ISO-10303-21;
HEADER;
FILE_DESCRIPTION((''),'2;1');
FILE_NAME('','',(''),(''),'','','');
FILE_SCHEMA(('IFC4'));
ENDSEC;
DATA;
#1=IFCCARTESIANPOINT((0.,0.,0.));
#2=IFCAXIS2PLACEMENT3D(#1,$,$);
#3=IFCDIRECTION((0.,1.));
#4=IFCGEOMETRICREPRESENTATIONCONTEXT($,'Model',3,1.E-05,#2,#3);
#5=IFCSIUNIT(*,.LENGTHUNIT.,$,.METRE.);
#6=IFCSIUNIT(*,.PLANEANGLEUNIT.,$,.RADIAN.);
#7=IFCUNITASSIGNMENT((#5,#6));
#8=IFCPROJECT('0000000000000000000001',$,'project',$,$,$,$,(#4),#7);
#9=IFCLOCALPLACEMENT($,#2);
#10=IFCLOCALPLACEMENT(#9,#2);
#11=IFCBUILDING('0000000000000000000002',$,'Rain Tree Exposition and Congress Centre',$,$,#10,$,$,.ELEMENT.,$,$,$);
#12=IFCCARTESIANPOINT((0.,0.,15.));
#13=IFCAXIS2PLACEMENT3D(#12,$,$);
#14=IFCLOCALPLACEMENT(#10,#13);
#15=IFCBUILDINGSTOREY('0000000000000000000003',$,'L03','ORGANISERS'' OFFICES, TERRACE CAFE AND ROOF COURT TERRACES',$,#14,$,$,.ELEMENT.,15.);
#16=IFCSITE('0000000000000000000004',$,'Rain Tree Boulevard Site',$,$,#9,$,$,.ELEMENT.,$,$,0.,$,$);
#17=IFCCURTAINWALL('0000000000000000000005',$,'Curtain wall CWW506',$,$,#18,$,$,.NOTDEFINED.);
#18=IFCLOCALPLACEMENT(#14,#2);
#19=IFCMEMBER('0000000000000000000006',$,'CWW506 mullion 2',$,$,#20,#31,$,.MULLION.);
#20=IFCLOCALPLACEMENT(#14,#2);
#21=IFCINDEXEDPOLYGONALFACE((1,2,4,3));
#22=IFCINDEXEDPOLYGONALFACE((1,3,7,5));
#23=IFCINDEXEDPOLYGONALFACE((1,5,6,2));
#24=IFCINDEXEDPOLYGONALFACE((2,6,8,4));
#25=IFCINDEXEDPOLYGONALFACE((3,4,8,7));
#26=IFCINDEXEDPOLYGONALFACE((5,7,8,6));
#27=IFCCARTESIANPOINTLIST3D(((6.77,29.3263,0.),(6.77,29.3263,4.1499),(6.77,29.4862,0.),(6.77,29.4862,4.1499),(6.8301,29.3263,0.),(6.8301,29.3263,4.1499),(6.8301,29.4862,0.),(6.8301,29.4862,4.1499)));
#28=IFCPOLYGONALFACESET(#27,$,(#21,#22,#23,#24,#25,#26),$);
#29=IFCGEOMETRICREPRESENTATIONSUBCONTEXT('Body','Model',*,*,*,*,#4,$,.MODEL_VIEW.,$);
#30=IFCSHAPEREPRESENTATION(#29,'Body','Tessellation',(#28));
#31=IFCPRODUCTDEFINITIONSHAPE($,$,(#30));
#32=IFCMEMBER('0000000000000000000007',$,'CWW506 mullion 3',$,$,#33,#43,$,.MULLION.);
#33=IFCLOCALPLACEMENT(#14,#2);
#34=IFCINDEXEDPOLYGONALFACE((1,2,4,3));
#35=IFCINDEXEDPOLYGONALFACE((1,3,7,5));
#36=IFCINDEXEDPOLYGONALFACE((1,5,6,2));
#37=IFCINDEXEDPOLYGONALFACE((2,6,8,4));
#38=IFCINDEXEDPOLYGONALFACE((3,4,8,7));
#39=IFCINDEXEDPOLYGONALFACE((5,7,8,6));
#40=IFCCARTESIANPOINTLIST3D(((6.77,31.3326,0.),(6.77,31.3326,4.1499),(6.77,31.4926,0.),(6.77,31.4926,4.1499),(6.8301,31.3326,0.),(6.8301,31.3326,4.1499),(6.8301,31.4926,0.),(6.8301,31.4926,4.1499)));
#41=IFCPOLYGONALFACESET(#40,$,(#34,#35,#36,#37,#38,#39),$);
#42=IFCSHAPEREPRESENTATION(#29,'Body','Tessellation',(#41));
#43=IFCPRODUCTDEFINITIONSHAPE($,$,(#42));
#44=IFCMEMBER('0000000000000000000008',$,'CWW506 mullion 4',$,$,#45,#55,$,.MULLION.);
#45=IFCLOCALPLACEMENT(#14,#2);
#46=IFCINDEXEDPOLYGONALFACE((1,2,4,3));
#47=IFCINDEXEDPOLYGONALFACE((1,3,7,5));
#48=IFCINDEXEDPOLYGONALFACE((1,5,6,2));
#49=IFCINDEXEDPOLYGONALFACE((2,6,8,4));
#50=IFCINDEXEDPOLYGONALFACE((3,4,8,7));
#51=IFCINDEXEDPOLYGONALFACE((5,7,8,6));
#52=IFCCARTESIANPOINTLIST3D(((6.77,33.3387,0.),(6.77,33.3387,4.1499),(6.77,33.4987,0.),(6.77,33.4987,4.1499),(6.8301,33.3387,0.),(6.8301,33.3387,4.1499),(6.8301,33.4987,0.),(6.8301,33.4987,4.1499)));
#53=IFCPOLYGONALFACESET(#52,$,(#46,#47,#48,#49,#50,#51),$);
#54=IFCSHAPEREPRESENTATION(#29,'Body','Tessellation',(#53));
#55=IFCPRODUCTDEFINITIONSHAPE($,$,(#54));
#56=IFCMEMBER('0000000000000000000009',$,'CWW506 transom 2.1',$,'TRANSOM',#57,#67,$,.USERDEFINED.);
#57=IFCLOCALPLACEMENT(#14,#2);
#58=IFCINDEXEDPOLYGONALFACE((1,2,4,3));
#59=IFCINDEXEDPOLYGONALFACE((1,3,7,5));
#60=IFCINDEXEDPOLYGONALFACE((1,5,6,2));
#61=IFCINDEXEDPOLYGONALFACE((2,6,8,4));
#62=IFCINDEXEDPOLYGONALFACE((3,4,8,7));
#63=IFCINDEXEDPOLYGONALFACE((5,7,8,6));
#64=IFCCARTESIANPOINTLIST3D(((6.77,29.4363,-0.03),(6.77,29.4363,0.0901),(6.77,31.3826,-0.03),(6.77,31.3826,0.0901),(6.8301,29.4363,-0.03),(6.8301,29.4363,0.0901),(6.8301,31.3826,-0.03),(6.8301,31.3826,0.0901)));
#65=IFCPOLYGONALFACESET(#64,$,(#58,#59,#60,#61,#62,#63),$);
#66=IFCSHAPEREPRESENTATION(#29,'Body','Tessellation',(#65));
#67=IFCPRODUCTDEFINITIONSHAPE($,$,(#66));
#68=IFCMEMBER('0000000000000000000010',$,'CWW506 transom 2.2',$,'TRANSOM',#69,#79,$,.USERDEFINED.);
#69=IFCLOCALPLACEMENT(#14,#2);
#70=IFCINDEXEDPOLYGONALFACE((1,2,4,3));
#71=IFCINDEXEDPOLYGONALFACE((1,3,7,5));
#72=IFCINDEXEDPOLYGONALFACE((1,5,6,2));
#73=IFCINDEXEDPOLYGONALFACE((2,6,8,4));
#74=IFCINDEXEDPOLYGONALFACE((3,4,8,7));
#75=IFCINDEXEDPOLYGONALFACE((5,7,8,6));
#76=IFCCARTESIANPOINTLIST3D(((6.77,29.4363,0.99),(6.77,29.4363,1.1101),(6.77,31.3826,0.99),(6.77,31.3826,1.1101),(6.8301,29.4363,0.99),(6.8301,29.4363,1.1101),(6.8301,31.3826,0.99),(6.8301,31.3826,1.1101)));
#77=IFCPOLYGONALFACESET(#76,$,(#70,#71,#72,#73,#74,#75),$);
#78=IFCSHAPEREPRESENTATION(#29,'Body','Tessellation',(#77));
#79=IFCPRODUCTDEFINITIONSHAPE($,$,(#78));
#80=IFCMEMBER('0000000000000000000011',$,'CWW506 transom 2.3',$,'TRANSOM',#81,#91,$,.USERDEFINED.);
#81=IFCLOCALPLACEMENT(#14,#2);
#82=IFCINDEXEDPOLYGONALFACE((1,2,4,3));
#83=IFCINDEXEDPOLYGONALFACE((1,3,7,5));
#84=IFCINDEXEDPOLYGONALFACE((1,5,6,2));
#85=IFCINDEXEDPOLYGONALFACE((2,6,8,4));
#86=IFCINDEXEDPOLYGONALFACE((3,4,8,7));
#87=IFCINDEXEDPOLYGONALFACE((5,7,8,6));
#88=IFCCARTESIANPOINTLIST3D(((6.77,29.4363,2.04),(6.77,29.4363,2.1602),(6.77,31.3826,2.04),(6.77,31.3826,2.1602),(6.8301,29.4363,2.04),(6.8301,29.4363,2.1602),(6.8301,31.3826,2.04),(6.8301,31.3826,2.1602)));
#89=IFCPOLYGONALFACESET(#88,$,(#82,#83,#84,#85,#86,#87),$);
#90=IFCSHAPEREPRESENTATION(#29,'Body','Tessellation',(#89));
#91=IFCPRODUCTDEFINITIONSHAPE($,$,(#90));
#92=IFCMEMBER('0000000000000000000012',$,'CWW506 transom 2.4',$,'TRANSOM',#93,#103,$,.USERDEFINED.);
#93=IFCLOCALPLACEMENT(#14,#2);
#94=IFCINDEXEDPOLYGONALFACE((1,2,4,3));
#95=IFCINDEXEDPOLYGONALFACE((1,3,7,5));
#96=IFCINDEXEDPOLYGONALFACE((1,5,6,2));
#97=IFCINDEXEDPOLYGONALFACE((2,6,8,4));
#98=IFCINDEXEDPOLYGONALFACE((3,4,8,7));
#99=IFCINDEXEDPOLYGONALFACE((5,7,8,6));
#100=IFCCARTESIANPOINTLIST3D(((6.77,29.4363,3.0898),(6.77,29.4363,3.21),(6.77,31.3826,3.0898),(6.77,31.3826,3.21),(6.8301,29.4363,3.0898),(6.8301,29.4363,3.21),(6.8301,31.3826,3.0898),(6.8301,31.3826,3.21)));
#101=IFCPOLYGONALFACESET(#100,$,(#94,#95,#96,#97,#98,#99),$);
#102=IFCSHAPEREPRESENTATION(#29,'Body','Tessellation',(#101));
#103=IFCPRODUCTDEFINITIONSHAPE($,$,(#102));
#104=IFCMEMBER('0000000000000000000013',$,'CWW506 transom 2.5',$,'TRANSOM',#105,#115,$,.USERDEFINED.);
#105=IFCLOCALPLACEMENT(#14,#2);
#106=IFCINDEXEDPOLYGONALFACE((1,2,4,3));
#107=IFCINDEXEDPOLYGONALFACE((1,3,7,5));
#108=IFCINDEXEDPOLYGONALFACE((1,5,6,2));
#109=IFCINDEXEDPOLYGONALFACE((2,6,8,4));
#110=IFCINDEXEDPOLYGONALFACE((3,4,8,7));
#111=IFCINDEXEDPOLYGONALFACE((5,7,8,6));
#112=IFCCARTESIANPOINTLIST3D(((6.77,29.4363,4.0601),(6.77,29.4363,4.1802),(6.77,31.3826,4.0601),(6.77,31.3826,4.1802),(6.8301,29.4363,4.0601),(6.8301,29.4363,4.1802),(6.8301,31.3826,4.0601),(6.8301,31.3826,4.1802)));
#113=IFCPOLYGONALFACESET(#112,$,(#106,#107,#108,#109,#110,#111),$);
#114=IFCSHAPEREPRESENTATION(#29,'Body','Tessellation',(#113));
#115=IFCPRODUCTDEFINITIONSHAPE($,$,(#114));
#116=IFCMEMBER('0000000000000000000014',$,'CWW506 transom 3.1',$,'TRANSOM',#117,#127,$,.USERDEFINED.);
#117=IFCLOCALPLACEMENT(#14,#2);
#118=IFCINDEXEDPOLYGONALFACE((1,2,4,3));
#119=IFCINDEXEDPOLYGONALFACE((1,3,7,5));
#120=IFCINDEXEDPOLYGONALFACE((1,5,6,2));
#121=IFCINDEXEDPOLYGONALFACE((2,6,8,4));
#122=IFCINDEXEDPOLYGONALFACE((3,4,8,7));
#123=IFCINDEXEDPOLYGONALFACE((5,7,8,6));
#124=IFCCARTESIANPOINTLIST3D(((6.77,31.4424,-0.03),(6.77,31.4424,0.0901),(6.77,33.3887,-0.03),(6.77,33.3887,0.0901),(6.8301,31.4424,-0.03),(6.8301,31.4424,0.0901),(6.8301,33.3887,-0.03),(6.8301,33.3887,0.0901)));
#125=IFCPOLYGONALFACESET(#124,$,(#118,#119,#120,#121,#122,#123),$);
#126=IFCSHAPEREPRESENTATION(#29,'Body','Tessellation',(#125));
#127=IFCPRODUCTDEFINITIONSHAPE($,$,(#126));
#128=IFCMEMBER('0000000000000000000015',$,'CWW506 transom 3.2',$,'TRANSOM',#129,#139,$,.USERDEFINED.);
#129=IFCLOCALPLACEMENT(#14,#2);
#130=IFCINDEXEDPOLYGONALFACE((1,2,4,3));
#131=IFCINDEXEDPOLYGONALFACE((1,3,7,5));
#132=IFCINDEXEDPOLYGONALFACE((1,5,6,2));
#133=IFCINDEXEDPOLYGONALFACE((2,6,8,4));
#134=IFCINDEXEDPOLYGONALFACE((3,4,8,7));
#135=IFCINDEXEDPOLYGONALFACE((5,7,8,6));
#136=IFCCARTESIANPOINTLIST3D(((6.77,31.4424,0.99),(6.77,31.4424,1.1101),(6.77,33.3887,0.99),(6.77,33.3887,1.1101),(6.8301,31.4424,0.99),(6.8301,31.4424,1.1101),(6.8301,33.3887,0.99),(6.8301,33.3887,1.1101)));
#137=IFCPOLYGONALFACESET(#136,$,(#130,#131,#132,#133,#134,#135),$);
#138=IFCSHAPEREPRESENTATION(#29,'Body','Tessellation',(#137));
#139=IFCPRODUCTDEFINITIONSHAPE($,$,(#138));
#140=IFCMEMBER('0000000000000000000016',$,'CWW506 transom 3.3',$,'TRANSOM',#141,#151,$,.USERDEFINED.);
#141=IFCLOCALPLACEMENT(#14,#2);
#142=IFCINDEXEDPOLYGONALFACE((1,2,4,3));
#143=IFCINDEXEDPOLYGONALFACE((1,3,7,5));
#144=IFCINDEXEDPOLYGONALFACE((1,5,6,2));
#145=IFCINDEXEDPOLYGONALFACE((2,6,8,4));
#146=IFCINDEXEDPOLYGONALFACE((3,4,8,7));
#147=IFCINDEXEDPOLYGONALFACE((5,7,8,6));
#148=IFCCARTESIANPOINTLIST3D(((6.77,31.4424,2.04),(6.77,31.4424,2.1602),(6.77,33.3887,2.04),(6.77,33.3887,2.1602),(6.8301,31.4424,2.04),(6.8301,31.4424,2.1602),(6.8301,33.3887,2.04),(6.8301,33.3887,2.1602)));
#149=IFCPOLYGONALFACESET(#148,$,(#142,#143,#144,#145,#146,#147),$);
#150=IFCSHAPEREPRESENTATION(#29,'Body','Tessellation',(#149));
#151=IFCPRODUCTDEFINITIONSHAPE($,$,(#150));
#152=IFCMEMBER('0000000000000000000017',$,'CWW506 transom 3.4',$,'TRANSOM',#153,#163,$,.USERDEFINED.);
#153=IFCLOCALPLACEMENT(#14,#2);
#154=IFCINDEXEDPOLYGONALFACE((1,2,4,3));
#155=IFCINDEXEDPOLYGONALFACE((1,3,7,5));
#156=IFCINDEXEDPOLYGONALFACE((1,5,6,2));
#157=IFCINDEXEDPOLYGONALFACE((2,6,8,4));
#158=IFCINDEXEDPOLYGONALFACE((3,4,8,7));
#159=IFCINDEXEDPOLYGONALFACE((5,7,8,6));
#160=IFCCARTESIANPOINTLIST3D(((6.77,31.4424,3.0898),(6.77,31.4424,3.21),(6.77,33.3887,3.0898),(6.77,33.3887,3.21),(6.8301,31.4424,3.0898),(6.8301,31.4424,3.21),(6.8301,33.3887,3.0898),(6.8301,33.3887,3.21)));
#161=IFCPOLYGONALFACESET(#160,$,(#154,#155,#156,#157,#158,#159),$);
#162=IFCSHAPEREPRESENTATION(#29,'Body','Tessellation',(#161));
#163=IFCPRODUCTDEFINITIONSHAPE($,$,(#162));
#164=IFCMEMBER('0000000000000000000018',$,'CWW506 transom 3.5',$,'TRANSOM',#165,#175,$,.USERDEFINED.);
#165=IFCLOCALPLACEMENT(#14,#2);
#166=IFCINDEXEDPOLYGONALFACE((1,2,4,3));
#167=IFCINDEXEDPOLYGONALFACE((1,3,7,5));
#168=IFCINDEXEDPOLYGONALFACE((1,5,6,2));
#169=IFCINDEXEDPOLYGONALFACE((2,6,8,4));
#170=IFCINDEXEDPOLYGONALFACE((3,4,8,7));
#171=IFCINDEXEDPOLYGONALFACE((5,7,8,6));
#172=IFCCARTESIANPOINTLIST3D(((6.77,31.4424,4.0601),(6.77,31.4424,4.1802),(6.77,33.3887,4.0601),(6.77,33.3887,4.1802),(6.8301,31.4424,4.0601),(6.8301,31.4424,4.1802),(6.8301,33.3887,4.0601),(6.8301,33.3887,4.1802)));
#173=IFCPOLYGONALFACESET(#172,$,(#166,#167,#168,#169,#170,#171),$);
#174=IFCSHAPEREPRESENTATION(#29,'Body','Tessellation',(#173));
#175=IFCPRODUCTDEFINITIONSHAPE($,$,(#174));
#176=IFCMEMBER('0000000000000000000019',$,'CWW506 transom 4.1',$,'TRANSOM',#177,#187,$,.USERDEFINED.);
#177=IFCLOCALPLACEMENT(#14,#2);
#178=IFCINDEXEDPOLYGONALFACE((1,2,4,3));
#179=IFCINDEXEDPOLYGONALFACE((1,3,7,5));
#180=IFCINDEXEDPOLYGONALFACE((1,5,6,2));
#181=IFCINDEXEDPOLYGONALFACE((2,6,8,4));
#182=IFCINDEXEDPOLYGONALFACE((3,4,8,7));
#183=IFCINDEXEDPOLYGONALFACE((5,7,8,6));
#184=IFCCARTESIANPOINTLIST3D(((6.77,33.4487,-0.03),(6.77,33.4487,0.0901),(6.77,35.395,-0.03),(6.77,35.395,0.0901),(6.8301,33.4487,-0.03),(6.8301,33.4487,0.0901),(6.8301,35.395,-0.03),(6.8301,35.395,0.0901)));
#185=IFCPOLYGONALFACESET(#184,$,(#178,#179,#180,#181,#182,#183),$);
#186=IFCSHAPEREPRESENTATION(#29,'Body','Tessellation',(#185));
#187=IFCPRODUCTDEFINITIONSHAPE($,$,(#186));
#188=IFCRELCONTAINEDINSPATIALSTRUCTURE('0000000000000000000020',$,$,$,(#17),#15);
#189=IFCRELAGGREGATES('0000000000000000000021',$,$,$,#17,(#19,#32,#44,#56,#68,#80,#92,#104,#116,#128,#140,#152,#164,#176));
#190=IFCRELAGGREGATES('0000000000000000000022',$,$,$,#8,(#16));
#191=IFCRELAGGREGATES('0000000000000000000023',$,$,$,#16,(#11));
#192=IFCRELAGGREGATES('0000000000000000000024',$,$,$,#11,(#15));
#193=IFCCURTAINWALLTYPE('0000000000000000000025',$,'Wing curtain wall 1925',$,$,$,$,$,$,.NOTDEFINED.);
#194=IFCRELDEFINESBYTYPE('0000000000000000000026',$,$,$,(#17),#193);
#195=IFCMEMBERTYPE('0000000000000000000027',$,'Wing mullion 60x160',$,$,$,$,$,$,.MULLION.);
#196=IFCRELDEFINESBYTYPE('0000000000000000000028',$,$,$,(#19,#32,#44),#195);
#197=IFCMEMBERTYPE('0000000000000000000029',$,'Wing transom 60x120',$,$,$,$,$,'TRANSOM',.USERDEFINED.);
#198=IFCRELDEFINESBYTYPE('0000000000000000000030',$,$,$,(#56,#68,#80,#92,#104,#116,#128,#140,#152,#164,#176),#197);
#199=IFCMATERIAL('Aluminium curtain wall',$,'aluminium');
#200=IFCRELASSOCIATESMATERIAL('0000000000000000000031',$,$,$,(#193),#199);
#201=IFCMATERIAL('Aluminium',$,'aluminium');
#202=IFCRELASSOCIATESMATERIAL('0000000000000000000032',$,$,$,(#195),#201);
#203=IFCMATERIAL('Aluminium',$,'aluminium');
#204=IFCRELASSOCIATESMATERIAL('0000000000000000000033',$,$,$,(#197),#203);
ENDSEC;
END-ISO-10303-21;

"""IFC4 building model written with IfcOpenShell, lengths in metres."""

from ifc_helpers import new_model, si_unit, direction, frame, origin, origin_2d, place, context, subcontext, project, spatial, rectangle, extrude, material, material_profile, profile_set, type_object, element, aggregate, save


model = new_model("IFC4")

# Units and contexts
model_context = context("Model", 3, precision=1e-05, world=origin(), true_north=direction((0.0, 1.0)))
body_context = subcontext(model_context, "Body", "Model", "MODEL_VIEW")
ifc_project = project(units=[si_unit("LENGTHUNIT", "METRE"), si_unit("PLANEANGLEUNIT", "RADIAN")], contexts=[model_context])

# Site, building, storey
site_placement = place(None, origin())
site = spatial("IfcSite", under=ifc_project, at=site_placement, Name="Rain Tree Boulevard Site", CompositionType="ELEMENT", RefElevation=0.0)
building_placement = place(site_placement, origin())
building = spatial("IfcBuilding", under=site, at=building_placement, Name="Rain Tree Exposition and Congress Centre", CompositionType="ELEMENT")
storey_placement = place(building_placement, frame((0.0, 0.0, 15.0)))
storey = spatial("IfcBuildingStorey", under=building, at=storey_placement, Name="L03", Description="ORGANISERS' OFFICES, TERRACE CAFE AND ROOF COURT TERRACES", CompositionType="ELEMENT", Elevation=15.0)

# Curtain wall, members
ifc_material_1 = material(Name="Aluminium curtain wall", Category="aluminium")
curtain_wall_type = type_object("IfcCurtainWallType", Name="Wing curtain wall 1925", PredefinedType="NOTDEFINED", material=ifc_material_1)
curtain_wall_placement = place(storey_placement, origin())
curtain_wall = element("IfcCurtainWall", 1, at=curtain_wall_placement, inside=storey, type_object=curtain_wall_type, Name="Curtain wall CWW506", PredefinedType="NOTDEFINED")
ifc_material_2 = material(Name="Aluminium", Category="aluminium")
ifc_material_profile_1 = material_profile(ifc_material_2, rectangle(XDim=0.0601, YDim=0.1599, at=origin_2d()), Name="Aluminium 60x160")
ifc_profile_set_1 = profile_set([ifc_material_profile_1], Name="Aluminium")
member_type_1 = type_object("IfcMemberType", Name="Wing mullion 60x160", PredefinedType="MULLION", material=ifc_profile_set_1)
member_1_placement = place(storey_placement, frame((6.8, 29.4062, 0.0), z_axis=(0.0, 0.0, 1.0), x_axis=(-1.0, 0.0, 0.0)))
member_1 = element("IfcMember", 2, at=member_1_placement, type_object=member_type_1, Name="CWW506 mullion 2", PredefinedType="MULLION", context=body_context, shape_type="SweptSolid", body=[
    extrude(rectangle(XDim=0.0601, YDim=0.1599, at=origin_2d()), origin(), (0.0, 0.0, 1.0), 4.1499),
])
member_2_placement = place(storey_placement, frame((6.8, 31.4126, 0.0), z_axis=(0.0, 0.0, 1.0), x_axis=(-1.0, 0.0, 0.0)))
member_2 = element("IfcMember", 3, at=member_2_placement, type_object=member_type_1, Name="CWW506 mullion 3", PredefinedType="MULLION", context=body_context, shape_type="SweptSolid", body=[
    extrude(rectangle(XDim=0.0601, YDim=0.1599, at=origin_2d()), origin(), (0.0, 0.0, 1.0), 4.1499),
])
member_3_placement = place(storey_placement, frame((6.8, 33.4187, 0.0), z_axis=(0.0, 0.0, 1.0), x_axis=(-1.0, 0.0, 0.0)))
member_3 = element("IfcMember", 4, at=member_3_placement, type_object=member_type_1, Name="CWW506 mullion 4", PredefinedType="MULLION", context=body_context, shape_type="SweptSolid", body=[
    extrude(rectangle(XDim=0.0601, YDim=0.1599, at=origin_2d()), origin(), (0.0, 0.0, 1.0), 4.1499),
])
ifc_material_3 = material(Name="Aluminium", Category="aluminium")
ifc_material_profile_2 = material_profile(ifc_material_3, rectangle(XDim=0.0601, YDim=0.1201, at=origin_2d()), Name="Aluminium 60x120")
ifc_profile_set_2 = profile_set([ifc_material_profile_2], Name="Aluminium")
member_type_2 = type_object("IfcMemberType", Name="Wing transom 60x120", ElementType="TRANSOM", PredefinedType="USERDEFINED", material=ifc_profile_set_2)
member_4_placement = place(storey_placement, frame((6.8, 29.4363, 0.03), z_axis=(0.0, 1.0, 0.0), x_axis=(-1.0, 0.0, 0.0)))
member_4 = element("IfcMember", 5, at=member_4_placement, type_object=member_type_2, Name="CWW506 transom 2.1", ObjectType="TRANSOM", PredefinedType="USERDEFINED", context=body_context, shape_type="SweptSolid", body=[
    extrude(rectangle(XDim=0.0601, YDim=0.1201, at=origin_2d()), origin(), (0.0, 0.0, 1.0), 1.9463),
])
member_5_placement = place(storey_placement, frame((6.8, 29.4363, 1.05), z_axis=(0.0, 1.0, 0.0), x_axis=(-1.0, 0.0, 0.0)))
member_5 = element("IfcMember", 6, at=member_5_placement, type_object=member_type_2, Name="CWW506 transom 2.2", ObjectType="TRANSOM", PredefinedType="USERDEFINED", context=body_context, shape_type="SweptSolid", body=[
    extrude(rectangle(XDim=0.0601, YDim=0.1201, at=origin_2d()), origin(), (0.0, 0.0, 1.0), 1.9463),
])
member_6_placement = place(storey_placement, frame((6.8, 29.4363, 2.1001), z_axis=(0.0, 1.0, 0.0), x_axis=(-1.0, 0.0, 0.0)))
member_6 = element("IfcMember", 7, at=member_6_placement, type_object=member_type_2, Name="CWW506 transom 2.3", ObjectType="TRANSOM", PredefinedType="USERDEFINED", context=body_context, shape_type="SweptSolid", body=[
    extrude(rectangle(XDim=0.0601, YDim=0.1201, at=origin_2d()), origin(), (0.0, 0.0, 1.0), 1.9463),
])
member_7_placement = place(storey_placement, frame((6.8, 29.4363, 3.1499), z_axis=(0.0, 1.0, 0.0), x_axis=(-1.0, 0.0, 0.0)))
member_7 = element("IfcMember", 8, at=member_7_placement, type_object=member_type_2, Name="CWW506 transom 2.4", ObjectType="TRANSOM", PredefinedType="USERDEFINED", context=body_context, shape_type="SweptSolid", body=[
    extrude(rectangle(XDim=0.0601, YDim=0.1201, at=origin_2d()), origin(), (0.0, 0.0, 1.0), 1.9463),
])
member_8_placement = place(storey_placement, frame((6.8, 29.4363, 4.1201), z_axis=(0.0, 1.0, 0.0), x_axis=(-1.0, 0.0, 0.0)))
member_8 = element("IfcMember", 9, at=member_8_placement, type_object=member_type_2, Name="CWW506 transom 2.5", ObjectType="TRANSOM", PredefinedType="USERDEFINED", context=body_context, shape_type="SweptSolid", body=[
    extrude(rectangle(XDim=0.0601, YDim=0.1201, at=origin_2d()), origin(), (0.0, 0.0, 1.0), 1.9463),
])
member_9_placement = place(storey_placement, frame((6.8, 31.4424, 0.03), z_axis=(0.0, 1.0, 0.0), x_axis=(-1.0, 0.0, 0.0)))
member_9 = element("IfcMember", 10, at=member_9_placement, type_object=member_type_2, Name="CWW506 transom 3.1", ObjectType="TRANSOM", PredefinedType="USERDEFINED", context=body_context, shape_type="SweptSolid", body=[
    extrude(rectangle(XDim=0.0601, YDim=0.1201, at=origin_2d()), origin(), (0.0, 0.0, 1.0), 1.9463),
])
member_10_placement = place(storey_placement, frame((6.8, 31.4424, 1.05), z_axis=(0.0, 1.0, 0.0), x_axis=(-1.0, 0.0, 0.0)))
member_10 = element("IfcMember", 11, at=member_10_placement, type_object=member_type_2, Name="CWW506 transom 3.2", ObjectType="TRANSOM", PredefinedType="USERDEFINED", context=body_context, shape_type="SweptSolid", body=[
    extrude(rectangle(XDim=0.0601, YDim=0.1201, at=origin_2d()), origin(), (0.0, 0.0, 1.0), 1.9463),
])
member_11_placement = place(storey_placement, frame((6.8, 31.4424, 2.1001), z_axis=(0.0, 1.0, 0.0), x_axis=(-1.0, 0.0, 0.0)))
member_11 = element("IfcMember", 12, at=member_11_placement, type_object=member_type_2, Name="CWW506 transom 3.3", ObjectType="TRANSOM", PredefinedType="USERDEFINED", context=body_context, shape_type="SweptSolid", body=[
    extrude(rectangle(XDim=0.0601, YDim=0.1201, at=origin_2d()), origin(), (0.0, 0.0, 1.0), 1.9463),
])
member_12_placement = place(storey_placement, frame((6.8, 31.4424, 3.1499), z_axis=(0.0, 1.0, 0.0), x_axis=(-1.0, 0.0, 0.0)))
member_12 = element("IfcMember", 13, at=member_12_placement, type_object=member_type_2, Name="CWW506 transom 3.4", ObjectType="TRANSOM", PredefinedType="USERDEFINED", context=body_context, shape_type="SweptSolid", body=[
    extrude(rectangle(XDim=0.0601, YDim=0.1201, at=origin_2d()), origin(), (0.0, 0.0, 1.0), 1.9463),
])
member_13_placement = place(storey_placement, frame((6.8, 31.4424, 4.1201), z_axis=(0.0, 1.0, 0.0), x_axis=(-1.0, 0.0, 0.0)))
member_13 = element("IfcMember", 14, at=member_13_placement, type_object=member_type_2, Name="CWW506 transom 3.5", ObjectType="TRANSOM", PredefinedType="USERDEFINED", context=body_context, shape_type="SweptSolid", body=[
    extrude(rectangle(XDim=0.0601, YDim=0.1201, at=origin_2d()), origin(), (0.0, 0.0, 1.0), 1.9463),
])
member_14_placement = place(storey_placement, frame((6.8, 33.4487, 0.03), z_axis=(0.0, 1.0, 0.0), x_axis=(-1.0, 0.0, 0.0)))
member_14 = element("IfcMember", 15, at=member_14_placement, type_object=member_type_2, Name="CWW506 transom 4.1", ObjectType="TRANSOM", PredefinedType="USERDEFINED", context=body_context, shape_type="SweptSolid", body=[
    extrude(rectangle(XDim=0.0601, YDim=0.1201, at=origin_2d()), origin(), (0.0, 0.0, 1.0), 1.9463),
])
aggregate(curtain_wall, [member_1, member_2, member_3, member_4, member_5, member_6, member_7, member_8, member_9, member_10, member_11, member_12, member_13, member_14])

save(model, "model.ifc")
